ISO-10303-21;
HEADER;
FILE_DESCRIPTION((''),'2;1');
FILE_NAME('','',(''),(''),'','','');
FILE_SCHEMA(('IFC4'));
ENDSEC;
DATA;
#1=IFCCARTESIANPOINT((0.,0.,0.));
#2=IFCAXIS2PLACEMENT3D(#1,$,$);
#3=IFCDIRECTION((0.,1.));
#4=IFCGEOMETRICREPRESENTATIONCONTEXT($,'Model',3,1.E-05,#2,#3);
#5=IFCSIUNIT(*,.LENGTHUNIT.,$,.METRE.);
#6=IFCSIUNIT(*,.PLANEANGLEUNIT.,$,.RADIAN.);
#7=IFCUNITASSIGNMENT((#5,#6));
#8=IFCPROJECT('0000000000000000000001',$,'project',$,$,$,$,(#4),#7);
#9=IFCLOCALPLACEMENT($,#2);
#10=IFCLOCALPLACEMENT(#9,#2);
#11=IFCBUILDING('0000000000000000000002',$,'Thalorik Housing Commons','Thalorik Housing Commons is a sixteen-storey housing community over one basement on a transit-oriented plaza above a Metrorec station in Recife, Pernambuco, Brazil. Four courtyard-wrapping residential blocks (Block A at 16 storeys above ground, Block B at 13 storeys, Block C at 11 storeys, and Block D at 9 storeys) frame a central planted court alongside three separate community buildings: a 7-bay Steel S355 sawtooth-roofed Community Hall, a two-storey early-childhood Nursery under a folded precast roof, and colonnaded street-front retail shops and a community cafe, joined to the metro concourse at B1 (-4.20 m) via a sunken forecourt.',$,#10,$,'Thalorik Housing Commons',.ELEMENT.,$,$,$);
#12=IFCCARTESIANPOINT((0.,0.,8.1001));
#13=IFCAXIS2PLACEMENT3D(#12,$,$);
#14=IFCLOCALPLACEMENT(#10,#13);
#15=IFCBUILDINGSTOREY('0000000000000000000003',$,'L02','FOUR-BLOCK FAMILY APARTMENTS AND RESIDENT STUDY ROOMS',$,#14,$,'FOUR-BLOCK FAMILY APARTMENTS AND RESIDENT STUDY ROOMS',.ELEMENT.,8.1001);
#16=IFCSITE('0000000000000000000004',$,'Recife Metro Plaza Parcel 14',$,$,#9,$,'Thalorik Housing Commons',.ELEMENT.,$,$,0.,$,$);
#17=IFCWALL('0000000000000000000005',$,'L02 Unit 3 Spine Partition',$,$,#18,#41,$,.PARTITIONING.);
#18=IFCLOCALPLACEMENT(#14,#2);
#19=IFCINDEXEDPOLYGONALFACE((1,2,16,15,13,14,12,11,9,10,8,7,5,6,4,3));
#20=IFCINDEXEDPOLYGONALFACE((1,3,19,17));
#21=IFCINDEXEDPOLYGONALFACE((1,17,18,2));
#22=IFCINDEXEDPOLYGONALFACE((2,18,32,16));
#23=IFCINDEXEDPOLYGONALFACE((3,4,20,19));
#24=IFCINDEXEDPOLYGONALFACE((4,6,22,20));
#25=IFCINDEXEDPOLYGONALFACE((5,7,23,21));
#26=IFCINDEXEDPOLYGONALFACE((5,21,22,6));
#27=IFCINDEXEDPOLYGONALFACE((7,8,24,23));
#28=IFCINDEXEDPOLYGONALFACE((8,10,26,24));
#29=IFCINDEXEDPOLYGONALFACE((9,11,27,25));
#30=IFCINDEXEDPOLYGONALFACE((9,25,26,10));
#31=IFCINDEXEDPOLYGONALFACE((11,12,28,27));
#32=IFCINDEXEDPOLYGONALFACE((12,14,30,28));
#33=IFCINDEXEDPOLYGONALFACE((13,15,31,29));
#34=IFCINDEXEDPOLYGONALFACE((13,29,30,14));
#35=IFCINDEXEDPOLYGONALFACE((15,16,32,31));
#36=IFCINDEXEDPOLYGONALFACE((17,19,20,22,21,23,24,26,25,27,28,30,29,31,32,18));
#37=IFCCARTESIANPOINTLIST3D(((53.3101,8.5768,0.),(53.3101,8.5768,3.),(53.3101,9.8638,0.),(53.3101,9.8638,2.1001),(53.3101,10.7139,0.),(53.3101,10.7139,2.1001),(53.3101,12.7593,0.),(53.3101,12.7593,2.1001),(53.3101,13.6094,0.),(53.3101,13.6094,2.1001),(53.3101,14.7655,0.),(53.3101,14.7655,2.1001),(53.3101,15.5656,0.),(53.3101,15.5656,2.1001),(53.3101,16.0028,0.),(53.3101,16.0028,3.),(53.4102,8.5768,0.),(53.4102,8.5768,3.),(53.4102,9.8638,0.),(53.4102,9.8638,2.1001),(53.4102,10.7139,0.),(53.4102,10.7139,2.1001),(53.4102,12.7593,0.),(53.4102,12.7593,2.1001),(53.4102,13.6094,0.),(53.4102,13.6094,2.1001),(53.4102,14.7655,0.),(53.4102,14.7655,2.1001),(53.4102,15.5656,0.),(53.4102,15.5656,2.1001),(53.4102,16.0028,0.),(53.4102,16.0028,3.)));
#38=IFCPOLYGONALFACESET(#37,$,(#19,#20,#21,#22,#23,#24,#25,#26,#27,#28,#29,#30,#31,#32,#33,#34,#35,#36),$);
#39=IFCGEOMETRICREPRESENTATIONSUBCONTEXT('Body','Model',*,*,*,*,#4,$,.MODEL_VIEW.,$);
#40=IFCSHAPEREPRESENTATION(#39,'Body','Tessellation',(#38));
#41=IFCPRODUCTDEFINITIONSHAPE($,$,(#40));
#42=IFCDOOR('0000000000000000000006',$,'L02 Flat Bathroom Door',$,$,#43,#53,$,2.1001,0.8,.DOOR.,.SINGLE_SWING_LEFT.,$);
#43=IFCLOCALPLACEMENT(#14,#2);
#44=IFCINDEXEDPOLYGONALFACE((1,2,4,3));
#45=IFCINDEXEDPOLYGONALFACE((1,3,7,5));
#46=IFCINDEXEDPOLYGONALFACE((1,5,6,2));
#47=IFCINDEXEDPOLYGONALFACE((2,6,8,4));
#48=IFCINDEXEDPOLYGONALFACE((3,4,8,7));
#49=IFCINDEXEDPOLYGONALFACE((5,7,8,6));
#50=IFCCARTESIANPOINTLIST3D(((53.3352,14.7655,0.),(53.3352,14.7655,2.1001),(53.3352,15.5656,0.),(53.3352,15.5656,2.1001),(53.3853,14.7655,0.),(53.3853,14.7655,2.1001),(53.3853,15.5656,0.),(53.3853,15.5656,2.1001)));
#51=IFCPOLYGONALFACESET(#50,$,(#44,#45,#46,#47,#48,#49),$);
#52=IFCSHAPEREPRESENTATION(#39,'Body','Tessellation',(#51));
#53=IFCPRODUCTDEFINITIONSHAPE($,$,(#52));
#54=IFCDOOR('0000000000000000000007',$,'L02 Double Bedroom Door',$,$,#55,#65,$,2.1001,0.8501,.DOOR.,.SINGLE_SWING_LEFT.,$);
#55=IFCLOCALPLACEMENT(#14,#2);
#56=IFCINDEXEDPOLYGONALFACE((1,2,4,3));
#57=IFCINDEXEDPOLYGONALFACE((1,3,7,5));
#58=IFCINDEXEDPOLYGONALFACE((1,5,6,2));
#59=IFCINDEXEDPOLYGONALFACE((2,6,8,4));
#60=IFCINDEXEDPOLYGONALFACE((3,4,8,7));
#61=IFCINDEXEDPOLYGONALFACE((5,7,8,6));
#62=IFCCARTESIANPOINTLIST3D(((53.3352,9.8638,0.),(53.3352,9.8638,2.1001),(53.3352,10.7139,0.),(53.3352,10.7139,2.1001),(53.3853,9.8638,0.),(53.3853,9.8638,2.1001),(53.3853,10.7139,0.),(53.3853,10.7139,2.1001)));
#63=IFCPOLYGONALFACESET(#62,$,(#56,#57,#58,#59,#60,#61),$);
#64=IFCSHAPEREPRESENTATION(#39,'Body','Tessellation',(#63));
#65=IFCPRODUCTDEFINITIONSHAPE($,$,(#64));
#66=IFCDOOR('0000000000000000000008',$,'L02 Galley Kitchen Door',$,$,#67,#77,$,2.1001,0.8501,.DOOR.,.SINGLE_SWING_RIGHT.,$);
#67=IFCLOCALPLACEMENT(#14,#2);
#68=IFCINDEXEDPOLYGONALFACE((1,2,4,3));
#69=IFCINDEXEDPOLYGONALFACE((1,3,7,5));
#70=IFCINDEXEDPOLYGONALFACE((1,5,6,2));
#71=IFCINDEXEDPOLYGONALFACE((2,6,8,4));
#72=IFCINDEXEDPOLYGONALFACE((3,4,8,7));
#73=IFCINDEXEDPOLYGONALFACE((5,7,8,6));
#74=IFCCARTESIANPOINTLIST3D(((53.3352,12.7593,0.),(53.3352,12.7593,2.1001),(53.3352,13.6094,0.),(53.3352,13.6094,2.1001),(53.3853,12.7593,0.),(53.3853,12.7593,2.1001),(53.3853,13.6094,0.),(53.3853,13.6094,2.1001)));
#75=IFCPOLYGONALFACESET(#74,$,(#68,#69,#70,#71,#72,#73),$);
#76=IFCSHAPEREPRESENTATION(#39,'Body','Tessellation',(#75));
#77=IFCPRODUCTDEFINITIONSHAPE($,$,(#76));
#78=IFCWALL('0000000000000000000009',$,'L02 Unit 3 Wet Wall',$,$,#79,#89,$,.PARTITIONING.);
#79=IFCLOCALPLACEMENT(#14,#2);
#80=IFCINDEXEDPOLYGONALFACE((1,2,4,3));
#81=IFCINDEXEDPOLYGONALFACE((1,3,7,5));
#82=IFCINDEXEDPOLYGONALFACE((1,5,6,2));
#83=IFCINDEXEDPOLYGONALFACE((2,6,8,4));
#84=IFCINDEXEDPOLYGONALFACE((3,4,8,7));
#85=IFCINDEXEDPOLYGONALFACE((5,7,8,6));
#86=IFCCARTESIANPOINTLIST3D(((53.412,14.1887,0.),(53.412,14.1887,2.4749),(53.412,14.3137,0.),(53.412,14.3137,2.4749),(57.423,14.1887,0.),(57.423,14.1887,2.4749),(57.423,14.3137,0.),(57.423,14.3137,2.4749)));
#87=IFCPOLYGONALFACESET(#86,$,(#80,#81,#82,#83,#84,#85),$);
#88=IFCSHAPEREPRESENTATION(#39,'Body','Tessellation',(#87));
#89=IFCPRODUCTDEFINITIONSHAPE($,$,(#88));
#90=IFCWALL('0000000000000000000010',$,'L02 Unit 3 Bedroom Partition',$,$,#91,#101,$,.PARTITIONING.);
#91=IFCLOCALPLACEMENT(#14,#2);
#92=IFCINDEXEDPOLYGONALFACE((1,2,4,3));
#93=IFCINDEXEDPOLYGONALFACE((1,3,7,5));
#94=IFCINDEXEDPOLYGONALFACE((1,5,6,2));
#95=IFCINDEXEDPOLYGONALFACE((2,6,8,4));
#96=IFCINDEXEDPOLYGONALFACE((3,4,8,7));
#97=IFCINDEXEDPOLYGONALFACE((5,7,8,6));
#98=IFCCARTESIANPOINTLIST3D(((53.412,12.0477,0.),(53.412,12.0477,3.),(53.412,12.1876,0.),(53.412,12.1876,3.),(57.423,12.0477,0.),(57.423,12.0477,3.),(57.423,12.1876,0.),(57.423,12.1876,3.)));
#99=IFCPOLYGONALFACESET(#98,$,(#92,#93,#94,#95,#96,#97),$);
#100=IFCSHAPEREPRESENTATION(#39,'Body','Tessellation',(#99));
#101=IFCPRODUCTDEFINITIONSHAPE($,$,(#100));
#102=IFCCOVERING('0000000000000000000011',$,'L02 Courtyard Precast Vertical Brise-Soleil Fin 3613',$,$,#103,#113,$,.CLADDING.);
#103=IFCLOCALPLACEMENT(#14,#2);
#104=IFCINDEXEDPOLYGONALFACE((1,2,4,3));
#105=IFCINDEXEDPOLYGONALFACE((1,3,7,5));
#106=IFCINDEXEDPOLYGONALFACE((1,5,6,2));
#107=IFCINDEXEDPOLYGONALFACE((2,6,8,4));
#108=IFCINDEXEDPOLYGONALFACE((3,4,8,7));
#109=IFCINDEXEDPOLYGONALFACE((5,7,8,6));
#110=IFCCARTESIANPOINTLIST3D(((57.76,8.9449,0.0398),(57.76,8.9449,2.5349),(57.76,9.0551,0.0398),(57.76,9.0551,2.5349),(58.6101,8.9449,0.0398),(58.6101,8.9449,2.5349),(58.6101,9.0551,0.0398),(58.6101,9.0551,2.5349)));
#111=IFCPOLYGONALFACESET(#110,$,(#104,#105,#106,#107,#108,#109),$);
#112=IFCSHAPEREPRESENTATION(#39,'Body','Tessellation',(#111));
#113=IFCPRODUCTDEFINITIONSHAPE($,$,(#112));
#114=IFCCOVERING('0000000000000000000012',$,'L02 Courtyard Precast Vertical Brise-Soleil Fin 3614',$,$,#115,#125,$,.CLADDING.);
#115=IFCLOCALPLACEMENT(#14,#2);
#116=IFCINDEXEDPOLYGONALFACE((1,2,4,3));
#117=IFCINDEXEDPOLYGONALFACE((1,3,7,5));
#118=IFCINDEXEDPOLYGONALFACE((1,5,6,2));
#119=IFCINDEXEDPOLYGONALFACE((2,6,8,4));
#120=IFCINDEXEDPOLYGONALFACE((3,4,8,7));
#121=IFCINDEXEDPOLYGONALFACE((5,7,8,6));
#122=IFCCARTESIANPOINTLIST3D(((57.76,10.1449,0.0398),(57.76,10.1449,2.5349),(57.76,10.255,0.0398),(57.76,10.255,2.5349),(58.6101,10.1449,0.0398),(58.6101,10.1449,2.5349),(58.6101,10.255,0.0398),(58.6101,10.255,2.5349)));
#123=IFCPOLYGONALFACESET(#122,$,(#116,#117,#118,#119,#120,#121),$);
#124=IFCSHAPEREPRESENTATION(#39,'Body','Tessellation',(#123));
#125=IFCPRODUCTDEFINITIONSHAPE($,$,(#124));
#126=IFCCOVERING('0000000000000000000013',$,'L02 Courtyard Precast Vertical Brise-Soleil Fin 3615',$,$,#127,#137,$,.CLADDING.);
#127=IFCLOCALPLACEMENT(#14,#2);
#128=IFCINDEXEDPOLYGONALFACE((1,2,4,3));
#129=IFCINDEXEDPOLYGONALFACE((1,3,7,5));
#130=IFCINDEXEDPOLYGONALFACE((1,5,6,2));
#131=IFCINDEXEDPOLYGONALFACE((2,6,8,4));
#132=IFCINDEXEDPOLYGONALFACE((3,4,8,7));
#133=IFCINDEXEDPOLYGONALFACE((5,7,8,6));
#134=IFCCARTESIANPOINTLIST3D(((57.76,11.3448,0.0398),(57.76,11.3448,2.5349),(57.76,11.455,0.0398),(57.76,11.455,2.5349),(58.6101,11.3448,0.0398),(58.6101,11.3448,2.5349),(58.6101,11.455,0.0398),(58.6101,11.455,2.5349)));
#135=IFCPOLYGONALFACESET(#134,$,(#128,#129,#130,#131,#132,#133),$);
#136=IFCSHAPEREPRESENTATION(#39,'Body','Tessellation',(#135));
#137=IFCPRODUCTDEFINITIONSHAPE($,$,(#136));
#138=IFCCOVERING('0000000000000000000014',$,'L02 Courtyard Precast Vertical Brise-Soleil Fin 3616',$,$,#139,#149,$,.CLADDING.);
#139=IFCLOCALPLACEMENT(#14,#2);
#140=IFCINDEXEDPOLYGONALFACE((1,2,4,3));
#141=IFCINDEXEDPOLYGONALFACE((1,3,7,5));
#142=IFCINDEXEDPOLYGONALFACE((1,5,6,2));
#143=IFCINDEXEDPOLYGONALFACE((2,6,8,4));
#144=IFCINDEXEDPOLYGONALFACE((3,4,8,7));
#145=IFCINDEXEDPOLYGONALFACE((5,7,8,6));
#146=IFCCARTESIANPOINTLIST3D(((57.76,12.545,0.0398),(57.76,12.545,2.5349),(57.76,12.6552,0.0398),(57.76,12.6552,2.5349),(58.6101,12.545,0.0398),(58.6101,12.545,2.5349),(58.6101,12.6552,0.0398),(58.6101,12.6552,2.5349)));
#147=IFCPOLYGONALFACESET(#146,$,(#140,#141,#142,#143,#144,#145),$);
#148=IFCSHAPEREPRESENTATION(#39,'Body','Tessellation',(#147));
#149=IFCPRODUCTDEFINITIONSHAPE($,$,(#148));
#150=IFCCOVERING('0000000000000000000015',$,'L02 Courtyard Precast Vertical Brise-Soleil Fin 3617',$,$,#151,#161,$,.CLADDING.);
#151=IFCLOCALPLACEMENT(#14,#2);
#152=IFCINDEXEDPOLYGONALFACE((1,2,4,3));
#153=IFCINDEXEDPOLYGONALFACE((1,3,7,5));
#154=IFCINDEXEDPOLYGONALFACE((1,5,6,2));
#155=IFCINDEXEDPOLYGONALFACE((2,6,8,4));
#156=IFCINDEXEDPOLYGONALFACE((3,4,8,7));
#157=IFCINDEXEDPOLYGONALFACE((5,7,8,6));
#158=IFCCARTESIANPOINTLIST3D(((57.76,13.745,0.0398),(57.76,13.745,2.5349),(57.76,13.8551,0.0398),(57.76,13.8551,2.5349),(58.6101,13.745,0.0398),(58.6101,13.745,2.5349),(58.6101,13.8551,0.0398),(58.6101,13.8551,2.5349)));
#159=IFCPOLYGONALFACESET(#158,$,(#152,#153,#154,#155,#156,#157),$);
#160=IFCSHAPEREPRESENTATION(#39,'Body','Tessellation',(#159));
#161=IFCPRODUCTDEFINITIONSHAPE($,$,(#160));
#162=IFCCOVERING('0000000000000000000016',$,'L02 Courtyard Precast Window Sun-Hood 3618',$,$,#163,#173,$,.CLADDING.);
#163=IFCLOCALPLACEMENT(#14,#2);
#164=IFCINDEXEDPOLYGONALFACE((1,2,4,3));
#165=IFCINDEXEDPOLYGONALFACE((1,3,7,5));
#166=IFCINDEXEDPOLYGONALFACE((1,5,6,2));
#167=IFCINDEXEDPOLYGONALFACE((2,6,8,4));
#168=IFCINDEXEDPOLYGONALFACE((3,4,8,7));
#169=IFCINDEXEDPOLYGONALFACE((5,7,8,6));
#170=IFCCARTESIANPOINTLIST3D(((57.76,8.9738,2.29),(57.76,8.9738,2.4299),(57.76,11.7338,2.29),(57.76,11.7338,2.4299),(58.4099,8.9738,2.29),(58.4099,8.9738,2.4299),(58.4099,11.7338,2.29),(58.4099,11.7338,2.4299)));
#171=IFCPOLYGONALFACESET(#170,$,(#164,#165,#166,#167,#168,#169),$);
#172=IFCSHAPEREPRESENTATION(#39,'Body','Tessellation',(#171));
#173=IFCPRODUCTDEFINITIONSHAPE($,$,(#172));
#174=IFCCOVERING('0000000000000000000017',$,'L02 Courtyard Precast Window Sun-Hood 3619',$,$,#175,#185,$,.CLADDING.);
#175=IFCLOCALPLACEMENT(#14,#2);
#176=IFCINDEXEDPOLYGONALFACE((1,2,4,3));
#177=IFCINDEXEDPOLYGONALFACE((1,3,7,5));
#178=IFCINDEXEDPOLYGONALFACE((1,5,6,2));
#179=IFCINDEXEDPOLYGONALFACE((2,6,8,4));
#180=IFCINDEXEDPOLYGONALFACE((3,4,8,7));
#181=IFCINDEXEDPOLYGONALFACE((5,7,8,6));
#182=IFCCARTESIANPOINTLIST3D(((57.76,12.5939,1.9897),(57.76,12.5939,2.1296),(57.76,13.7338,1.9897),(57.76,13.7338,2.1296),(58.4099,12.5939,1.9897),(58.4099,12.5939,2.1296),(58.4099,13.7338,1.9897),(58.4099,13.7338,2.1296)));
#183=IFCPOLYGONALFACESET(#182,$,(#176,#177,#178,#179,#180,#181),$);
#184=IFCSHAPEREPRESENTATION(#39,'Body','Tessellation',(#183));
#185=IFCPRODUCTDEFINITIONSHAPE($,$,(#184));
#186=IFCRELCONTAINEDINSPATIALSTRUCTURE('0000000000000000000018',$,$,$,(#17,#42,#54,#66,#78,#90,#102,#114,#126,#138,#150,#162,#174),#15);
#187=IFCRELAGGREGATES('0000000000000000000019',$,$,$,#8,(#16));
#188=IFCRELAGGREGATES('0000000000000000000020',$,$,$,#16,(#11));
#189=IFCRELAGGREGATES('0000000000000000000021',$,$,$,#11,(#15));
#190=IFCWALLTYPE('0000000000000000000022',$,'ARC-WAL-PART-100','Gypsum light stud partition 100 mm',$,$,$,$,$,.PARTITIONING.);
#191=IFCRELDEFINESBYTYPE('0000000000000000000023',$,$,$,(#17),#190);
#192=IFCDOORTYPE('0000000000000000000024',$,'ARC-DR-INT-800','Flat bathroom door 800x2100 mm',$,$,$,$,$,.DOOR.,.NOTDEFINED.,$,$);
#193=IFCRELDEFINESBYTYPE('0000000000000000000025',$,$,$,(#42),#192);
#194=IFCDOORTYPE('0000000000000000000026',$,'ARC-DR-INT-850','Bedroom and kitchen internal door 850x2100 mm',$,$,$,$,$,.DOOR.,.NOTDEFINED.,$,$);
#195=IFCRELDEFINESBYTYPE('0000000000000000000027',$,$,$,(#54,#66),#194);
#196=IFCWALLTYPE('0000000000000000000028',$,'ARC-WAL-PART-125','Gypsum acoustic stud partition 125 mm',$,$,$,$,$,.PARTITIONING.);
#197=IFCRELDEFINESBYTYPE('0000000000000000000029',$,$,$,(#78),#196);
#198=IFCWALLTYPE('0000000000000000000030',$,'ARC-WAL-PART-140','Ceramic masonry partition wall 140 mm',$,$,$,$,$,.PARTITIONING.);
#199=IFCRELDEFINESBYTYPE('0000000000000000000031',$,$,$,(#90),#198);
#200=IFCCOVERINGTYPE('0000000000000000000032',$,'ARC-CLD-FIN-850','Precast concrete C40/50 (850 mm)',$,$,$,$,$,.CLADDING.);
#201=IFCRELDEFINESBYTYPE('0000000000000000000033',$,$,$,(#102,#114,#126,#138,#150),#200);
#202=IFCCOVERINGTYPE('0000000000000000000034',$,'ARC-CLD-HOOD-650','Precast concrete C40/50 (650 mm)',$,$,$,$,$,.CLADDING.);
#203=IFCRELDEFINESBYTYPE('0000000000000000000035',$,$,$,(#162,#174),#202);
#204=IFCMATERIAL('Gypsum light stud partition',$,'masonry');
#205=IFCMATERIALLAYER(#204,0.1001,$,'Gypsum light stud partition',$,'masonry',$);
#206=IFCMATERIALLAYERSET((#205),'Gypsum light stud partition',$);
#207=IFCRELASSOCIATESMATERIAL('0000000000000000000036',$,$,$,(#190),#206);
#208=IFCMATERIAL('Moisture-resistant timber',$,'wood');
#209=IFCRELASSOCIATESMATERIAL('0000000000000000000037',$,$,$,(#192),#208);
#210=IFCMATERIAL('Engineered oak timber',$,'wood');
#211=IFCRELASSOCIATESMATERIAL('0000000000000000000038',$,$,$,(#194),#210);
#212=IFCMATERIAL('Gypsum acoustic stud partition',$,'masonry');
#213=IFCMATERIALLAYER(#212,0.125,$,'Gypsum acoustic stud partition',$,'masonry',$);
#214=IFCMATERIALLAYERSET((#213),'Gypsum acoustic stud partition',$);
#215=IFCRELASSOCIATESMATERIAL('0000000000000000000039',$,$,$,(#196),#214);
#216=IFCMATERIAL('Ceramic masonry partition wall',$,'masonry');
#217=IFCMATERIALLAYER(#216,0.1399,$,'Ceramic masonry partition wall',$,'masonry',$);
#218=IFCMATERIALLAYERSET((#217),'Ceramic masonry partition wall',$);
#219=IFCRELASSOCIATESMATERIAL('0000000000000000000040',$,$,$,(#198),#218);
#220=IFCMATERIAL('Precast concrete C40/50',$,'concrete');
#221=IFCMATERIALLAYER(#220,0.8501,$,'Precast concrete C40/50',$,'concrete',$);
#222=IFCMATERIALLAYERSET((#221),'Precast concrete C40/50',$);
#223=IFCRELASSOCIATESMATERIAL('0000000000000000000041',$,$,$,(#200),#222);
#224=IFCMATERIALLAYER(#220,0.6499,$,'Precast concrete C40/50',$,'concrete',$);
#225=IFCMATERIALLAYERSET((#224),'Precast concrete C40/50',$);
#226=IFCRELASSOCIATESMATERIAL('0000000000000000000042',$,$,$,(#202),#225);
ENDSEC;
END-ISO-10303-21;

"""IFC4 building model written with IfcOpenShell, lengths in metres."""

from ifc_helpers import new_model, si_unit, direction, frame, frame_2d, origin, origin_2d, place, context, subcontext, project, spatial, rectangle, extrude, material, layer, layer_set, type_object, element, fill, save


model = new_model("IFC4")

# Units and contexts
model_context = context("Model", 3, precision=1e-05, world=origin(), true_north=direction((0.0, 1.0)))
body_context = subcontext(model_context, "Body", "Model", "MODEL_VIEW")
ifc_project = project(units=[si_unit("LENGTHUNIT", "METRE"), si_unit("PLANEANGLEUNIT", "RADIAN")], contexts=[model_context])

# Site, building, storey
site_placement = place(None, origin())
site = spatial("IfcSite", under=ifc_project, at=site_placement, Name="Recife Metro Plaza Parcel 14", LongName="Thalorik Housing Commons", CompositionType="ELEMENT", RefElevation=0.0)
building_placement = place(site_placement, origin())
building = spatial("IfcBuilding", under=site, at=building_placement, Name="Thalorik Housing Commons", Description="Thalorik Housing Commons is a sixteen-storey housing community over one basement on a transit-oriented plaza above a Metrorec station in Recife, Pernambuco, Brazil. Four courtyard-wrapping residential blocks (Block A at 16 storeys above ground, Block B at 13 storeys, Block C at 11 storeys, and Block D at 9 storeys) frame a central planted court alongside three separate community buildings: a 7-bay Steel S355 sawtooth-roofed Community Hall, a two-storey early-childhood Nursery under a folded precast roof, and colonnaded street-front retail shops and a community cafe, joined to the metro concourse at B1 (-4.20 m) via a sunken forecourt.", LongName="Thalorik Housing Commons", CompositionType="ELEMENT")
storey_placement = place(building_placement, frame((0.0, 0.0, 8.1001)))
storey = spatial("IfcBuildingStorey", under=building, at=storey_placement, Name="L02", Description="FOUR-BLOCK FAMILY APARTMENTS AND RESIDENT STUDY ROOMS", LongName="FOUR-BLOCK FAMILY APARTMENTS AND RESIDENT STUDY ROOMS", CompositionType="ELEMENT", Elevation=8.1001)

# Shared definitions
ifc_material_1 = material(Name="Precast concrete C40/50", Category="concrete")

# Wall, openings, doors
ifc_material_2 = material(Name="Gypsum light stud partition", Category="masonry")
ifc_layer_1 = layer(ifc_material_2, 0.1001, Name="Gypsum light stud partition", Category="masonry")
ifc_layer_set_1 = layer_set([ifc_layer_1], Name="Gypsum light stud partition")
wall_type_1 = type_object("IfcWallType", Name="ARC-WAL-PART-100", Description="Gypsum light stud partition 100 mm", PredefinedType="PARTITIONING", material=ifc_layer_set_1)
wall_1_placement = place(storey_placement, frame((53.3601, 8.5769, 0.0), z_axis=(0.0, 0.0, 1.0), x_axis=(0.0, 1.0, 0.0)))
wall_1 = element("IfcWall", 1, at=wall_1_placement, inside=storey, type_object=wall_type_1, Name="L02 Unit 3 Spine Partition", PredefinedType="PARTITIONING", context=body_context, shape_type="SweptSolid", body=[
    extrude(rectangle(XDim=7.426, YDim=0.1001, at=frame_2d((3.7129, 0.0))), origin(), (0.0, 0.0, 1.0), 3.0),
])
opening_1_placement = place(wall_1_placement, frame((1.2869, 0.0, 0.0)))
opening_1 = element("IfcOpeningElement", 2, at=opening_1_placement, cuts=wall_1, PredefinedType="OPENING", context=body_context, shape_type="SweptSolid", body=[
    extrude(rectangle(XDim=0.8501, YDim=2.1001, at=frame_2d((0.425, 1.05))), frame((0.0, 0.0601, 0.0), z_axis=(0.0, -1.0, 0.0), x_axis=(1.0, 0.0, 0.0)), (0.0, 0.0, 1.0), 0.1201),
])
opening_2_placement = place(wall_1_placement, frame((4.1824, 0.0, 0.0)))
opening_2 = element("IfcOpeningElement", 3, at=opening_2_placement, cuts=wall_1, PredefinedType="OPENING", context=body_context, shape_type="SweptSolid", body=[
    extrude(rectangle(XDim=0.8501, YDim=2.1001, at=frame_2d((0.425, 1.05))), frame((0.0, 0.0601, 0.0), z_axis=(0.0, -1.0, 0.0), x_axis=(1.0, 0.0, 0.0)), (0.0, 0.0, 1.0), 0.1201),
])
opening_3_placement = place(wall_1_placement, frame((6.1887, 0.0, 0.0)))
opening_3 = element("IfcOpeningElement", 4, at=opening_3_placement, cuts=wall_1, PredefinedType="OPENING", context=body_context, shape_type="SweptSolid", body=[
    extrude(rectangle(XDim=0.8, YDim=2.1001, at=frame_2d((0.3999, 1.05))), frame((0.0, 0.0601, 0.0), z_axis=(0.0, -1.0, 0.0), x_axis=(1.0, 0.0, 0.0)), (0.0, 0.0, 1.0), 0.1201),
])
ifc_material_3 = material(Name="Moisture-resistant timber", Category="wood")
door_type_1 = type_object("IfcDoorType", Name="ARC-DR-INT-800", Description="Flat bathroom door 800x2100 mm", OperationType="NOTDEFINED", PredefinedType="DOOR", material=ifc_material_3)
door_1_placement = place(opening_3_placement, origin())
door_1 = element("IfcDoor", 5, at=door_1_placement, inside=storey, type_object=door_type_1, Name="L02 Flat Bathroom Door", OperationType="SINGLE_SWING_LEFT", OverallHeight=2.1001, OverallWidth=0.8, PredefinedType="DOOR", context=body_context, shape_type="SweptSolid", body=[
    extrude(rectangle(XDim=0.8, YDim=2.1001, at=frame_2d((0.3999, 1.05))), frame((0.0, 0.0249, 0.0), z_axis=(0.0, -1.0, 0.0), x_axis=(1.0, 0.0, 0.0)), (0.0, 0.0, 1.0), 0.05),
])
fill(opening_3, door_1)
ifc_material_4 = material(Name="Engineered oak timber", Category="wood")
door_type_2 = type_object("IfcDoorType", Name="ARC-DR-INT-850", Description="Bedroom and kitchen internal door 850x2100 mm", OperationType="NOTDEFINED", PredefinedType="DOOR", material=ifc_material_4)
door_2_placement = place(opening_1_placement, origin())
door_2 = element("IfcDoor", 6, at=door_2_placement, inside=storey, type_object=door_type_2, Name="L02 Double Bedroom Door", OperationType="SINGLE_SWING_LEFT", OverallHeight=2.1001, OverallWidth=0.8501, PredefinedType="DOOR", context=body_context, shape_type="SweptSolid", body=[
    extrude(rectangle(XDim=0.8501, YDim=2.1001, at=frame_2d((0.425, 1.05))), frame((0.0, 0.0249, 0.0), z_axis=(0.0, -1.0, 0.0), x_axis=(1.0, 0.0, 0.0)), (0.0, 0.0, 1.0), 0.05),
])
fill(opening_1, door_2)
door_3_placement = place(opening_2_placement, origin())
door_3 = element("IfcDoor", 7, at=door_3_placement, inside=storey, type_object=door_type_2, Name="L02 Galley Kitchen Door", OperationType="SINGLE_SWING_RIGHT", OverallHeight=2.1001, OverallWidth=0.8501, PredefinedType="DOOR", context=body_context, shape_type="SweptSolid", body=[
    extrude(rectangle(XDim=0.8501, YDim=2.1001, at=frame_2d((0.425, 1.05))), frame((0.0, 0.0249, 0.0), z_axis=(0.0, -1.0, 0.0), x_axis=(1.0, 0.0, 0.0)), (0.0, 0.0, 1.0), 0.05),
])
fill(opening_2, door_3)

# Walls
ifc_material_5 = material(Name="Gypsum acoustic stud partition", Category="masonry")
ifc_layer_2 = layer(ifc_material_5, 0.125, Name="Gypsum acoustic stud partition", Category="masonry")
ifc_layer_set_2 = layer_set([ifc_layer_2], Name="Gypsum acoustic stud partition")
wall_type_2 = type_object("IfcWallType", Name="ARC-WAL-PART-125", Description="Gypsum acoustic stud partition 125 mm", PredefinedType="PARTITIONING", material=ifc_layer_set_2)
wall_2_placement = place(storey_placement, frame((53.4121, 14.2512, 0.0), z_axis=(0.0, 0.0, 1.0), x_axis=(1.0, 0.0, 0.0)))
element("IfcWall", 8, at=wall_2_placement, inside=storey, type_object=wall_type_2, Name="L02 Unit 3 Wet Wall", PredefinedType="PARTITIONING", context=body_context, shape_type="SweptSolid", body=[
    extrude(rectangle(XDim=4.011, YDim=0.125, at=frame_2d((2.0054, 0.0))), origin(), (0.0, 0.0, 1.0), 2.4749),
])
ifc_material_6 = material(Name="Ceramic masonry partition wall", Category="masonry")
ifc_layer_3 = layer(ifc_material_6, 0.1399, Name="Ceramic masonry partition wall", Category="masonry")
ifc_layer_set_3 = layer_set([ifc_layer_3], Name="Ceramic masonry partition wall")
wall_type_3 = type_object("IfcWallType", Name="ARC-WAL-PART-140", Description="Ceramic masonry partition wall 140 mm", PredefinedType="PARTITIONING", material=ifc_layer_set_3)
wall_3_placement = place(storey_placement, frame((53.4121, 12.1177, 0.0), z_axis=(0.0, 0.0, 1.0), x_axis=(1.0, 0.0, 0.0)))
element("IfcWall", 9, at=wall_3_placement, inside=storey, type_object=wall_type_3, Name="L02 Unit 3 Bedroom Partition", PredefinedType="PARTITIONING", context=body_context, shape_type="SweptSolid", body=[
    extrude(rectangle(XDim=4.011, YDim=0.1399, at=frame_2d((2.0054, 0.0))), origin(), (0.0, 0.0, 1.0), 3.0),
])

# Coverings
ifc_layer_4 = layer(ifc_material_1, 0.8501, Name="Precast concrete C40/50", Category="concrete")
ifc_layer_set_4 = layer_set([ifc_layer_4], Name="Precast concrete C40/50")
covering_type_1 = type_object("IfcCoveringType", Name="ARC-CLD-FIN-850", Description="Precast concrete C40/50 (850 mm)", PredefinedType="CLADDING", material=ifc_layer_set_4)
for number, where, z_axis, x_axis, name in (
    (10, (58.1851, 9.0, 0.0398), (0.0, 0.0, 1.0), (0.0, 1.0, 0.0), "L02 Courtyard Precast Vertical Brise-Soleil Fin 3613"),
    (11, (58.1851, 10.2, 0.0398), (0.0, 0.0, 1.0), (0.0, 1.0, 0.0), "L02 Courtyard Precast Vertical Brise-Soleil Fin 3614"),
    (12, (58.1851, 11.3999, 0.0398), (0.0, 0.0, 1.0), (0.0, 1.0, 0.0), "L02 Courtyard Precast Vertical Brise-Soleil Fin 3615"),
    (13, (58.1851, 12.6001, 0.0398), (0.0, 0.0, 1.0), (0.0, 1.0, 0.0), "L02 Courtyard Precast Vertical Brise-Soleil Fin 3616"),
    (14, (58.1851, 13.8, 0.0398), (0.0, 0.0, 1.0), (0.0, 1.0, 0.0), "L02 Courtyard Precast Vertical Brise-Soleil Fin 3617"),
):
    element("IfcCovering", number, at=place(storey_placement, frame(where, z_axis=z_axis, x_axis=x_axis)), inside=storey, type_object=covering_type_1, Name=name, PredefinedType="CLADDING", context=body_context, shape_type="SweptSolid", body=[
        extrude(rectangle(XDim=0.1101, YDim=0.8501, at=origin_2d()), origin(), (0.0, 0.0, 1.0), 2.4951),
    ])
ifc_layer_5 = layer(ifc_material_1, 0.6499, Name="Precast concrete C40/50", Category="concrete")
ifc_layer_set_5 = layer_set([ifc_layer_5], Name="Precast concrete C40/50")
covering_type_2 = type_object("IfcCoveringType", Name="ARC-CLD-HOOD-650", Description="Precast concrete C40/50 (650 mm)", PredefinedType="CLADDING", material=ifc_layer_set_5)
covering_1_placement = place(storey_placement, frame((58.085, 10.3538, 2.29), z_axis=(0.0, 0.0, 1.0), x_axis=(0.0, 1.0, 0.0)))
element("IfcCovering", 15, at=covering_1_placement, inside=storey, type_object=covering_type_2, Name="L02 Courtyard Precast Window Sun-Hood 3618", PredefinedType="CLADDING", context=body_context, shape_type="SweptSolid", body=[
    extrude(rectangle(XDim=2.76, YDim=0.6499, at=origin_2d()), origin(), (0.0, 0.0, 1.0), 0.1399),
])
covering_2_placement = place(storey_placement, frame((58.085, 13.1638, 1.9897), z_axis=(0.0, 0.0, 1.0), x_axis=(0.0, 1.0, 0.0)))
element("IfcCovering", 16, at=covering_2_placement, inside=storey, type_object=covering_type_2, Name="L02 Courtyard Precast Window Sun-Hood 3619", PredefinedType="CLADDING", context=body_context, shape_type="SweptSolid", body=[
    extrude(rectangle(XDim=1.1399, YDim=0.6499, at=origin_2d()), origin(), (0.0, 0.0, 1.0), 0.1399),
])

save(model, "model.ifc")
